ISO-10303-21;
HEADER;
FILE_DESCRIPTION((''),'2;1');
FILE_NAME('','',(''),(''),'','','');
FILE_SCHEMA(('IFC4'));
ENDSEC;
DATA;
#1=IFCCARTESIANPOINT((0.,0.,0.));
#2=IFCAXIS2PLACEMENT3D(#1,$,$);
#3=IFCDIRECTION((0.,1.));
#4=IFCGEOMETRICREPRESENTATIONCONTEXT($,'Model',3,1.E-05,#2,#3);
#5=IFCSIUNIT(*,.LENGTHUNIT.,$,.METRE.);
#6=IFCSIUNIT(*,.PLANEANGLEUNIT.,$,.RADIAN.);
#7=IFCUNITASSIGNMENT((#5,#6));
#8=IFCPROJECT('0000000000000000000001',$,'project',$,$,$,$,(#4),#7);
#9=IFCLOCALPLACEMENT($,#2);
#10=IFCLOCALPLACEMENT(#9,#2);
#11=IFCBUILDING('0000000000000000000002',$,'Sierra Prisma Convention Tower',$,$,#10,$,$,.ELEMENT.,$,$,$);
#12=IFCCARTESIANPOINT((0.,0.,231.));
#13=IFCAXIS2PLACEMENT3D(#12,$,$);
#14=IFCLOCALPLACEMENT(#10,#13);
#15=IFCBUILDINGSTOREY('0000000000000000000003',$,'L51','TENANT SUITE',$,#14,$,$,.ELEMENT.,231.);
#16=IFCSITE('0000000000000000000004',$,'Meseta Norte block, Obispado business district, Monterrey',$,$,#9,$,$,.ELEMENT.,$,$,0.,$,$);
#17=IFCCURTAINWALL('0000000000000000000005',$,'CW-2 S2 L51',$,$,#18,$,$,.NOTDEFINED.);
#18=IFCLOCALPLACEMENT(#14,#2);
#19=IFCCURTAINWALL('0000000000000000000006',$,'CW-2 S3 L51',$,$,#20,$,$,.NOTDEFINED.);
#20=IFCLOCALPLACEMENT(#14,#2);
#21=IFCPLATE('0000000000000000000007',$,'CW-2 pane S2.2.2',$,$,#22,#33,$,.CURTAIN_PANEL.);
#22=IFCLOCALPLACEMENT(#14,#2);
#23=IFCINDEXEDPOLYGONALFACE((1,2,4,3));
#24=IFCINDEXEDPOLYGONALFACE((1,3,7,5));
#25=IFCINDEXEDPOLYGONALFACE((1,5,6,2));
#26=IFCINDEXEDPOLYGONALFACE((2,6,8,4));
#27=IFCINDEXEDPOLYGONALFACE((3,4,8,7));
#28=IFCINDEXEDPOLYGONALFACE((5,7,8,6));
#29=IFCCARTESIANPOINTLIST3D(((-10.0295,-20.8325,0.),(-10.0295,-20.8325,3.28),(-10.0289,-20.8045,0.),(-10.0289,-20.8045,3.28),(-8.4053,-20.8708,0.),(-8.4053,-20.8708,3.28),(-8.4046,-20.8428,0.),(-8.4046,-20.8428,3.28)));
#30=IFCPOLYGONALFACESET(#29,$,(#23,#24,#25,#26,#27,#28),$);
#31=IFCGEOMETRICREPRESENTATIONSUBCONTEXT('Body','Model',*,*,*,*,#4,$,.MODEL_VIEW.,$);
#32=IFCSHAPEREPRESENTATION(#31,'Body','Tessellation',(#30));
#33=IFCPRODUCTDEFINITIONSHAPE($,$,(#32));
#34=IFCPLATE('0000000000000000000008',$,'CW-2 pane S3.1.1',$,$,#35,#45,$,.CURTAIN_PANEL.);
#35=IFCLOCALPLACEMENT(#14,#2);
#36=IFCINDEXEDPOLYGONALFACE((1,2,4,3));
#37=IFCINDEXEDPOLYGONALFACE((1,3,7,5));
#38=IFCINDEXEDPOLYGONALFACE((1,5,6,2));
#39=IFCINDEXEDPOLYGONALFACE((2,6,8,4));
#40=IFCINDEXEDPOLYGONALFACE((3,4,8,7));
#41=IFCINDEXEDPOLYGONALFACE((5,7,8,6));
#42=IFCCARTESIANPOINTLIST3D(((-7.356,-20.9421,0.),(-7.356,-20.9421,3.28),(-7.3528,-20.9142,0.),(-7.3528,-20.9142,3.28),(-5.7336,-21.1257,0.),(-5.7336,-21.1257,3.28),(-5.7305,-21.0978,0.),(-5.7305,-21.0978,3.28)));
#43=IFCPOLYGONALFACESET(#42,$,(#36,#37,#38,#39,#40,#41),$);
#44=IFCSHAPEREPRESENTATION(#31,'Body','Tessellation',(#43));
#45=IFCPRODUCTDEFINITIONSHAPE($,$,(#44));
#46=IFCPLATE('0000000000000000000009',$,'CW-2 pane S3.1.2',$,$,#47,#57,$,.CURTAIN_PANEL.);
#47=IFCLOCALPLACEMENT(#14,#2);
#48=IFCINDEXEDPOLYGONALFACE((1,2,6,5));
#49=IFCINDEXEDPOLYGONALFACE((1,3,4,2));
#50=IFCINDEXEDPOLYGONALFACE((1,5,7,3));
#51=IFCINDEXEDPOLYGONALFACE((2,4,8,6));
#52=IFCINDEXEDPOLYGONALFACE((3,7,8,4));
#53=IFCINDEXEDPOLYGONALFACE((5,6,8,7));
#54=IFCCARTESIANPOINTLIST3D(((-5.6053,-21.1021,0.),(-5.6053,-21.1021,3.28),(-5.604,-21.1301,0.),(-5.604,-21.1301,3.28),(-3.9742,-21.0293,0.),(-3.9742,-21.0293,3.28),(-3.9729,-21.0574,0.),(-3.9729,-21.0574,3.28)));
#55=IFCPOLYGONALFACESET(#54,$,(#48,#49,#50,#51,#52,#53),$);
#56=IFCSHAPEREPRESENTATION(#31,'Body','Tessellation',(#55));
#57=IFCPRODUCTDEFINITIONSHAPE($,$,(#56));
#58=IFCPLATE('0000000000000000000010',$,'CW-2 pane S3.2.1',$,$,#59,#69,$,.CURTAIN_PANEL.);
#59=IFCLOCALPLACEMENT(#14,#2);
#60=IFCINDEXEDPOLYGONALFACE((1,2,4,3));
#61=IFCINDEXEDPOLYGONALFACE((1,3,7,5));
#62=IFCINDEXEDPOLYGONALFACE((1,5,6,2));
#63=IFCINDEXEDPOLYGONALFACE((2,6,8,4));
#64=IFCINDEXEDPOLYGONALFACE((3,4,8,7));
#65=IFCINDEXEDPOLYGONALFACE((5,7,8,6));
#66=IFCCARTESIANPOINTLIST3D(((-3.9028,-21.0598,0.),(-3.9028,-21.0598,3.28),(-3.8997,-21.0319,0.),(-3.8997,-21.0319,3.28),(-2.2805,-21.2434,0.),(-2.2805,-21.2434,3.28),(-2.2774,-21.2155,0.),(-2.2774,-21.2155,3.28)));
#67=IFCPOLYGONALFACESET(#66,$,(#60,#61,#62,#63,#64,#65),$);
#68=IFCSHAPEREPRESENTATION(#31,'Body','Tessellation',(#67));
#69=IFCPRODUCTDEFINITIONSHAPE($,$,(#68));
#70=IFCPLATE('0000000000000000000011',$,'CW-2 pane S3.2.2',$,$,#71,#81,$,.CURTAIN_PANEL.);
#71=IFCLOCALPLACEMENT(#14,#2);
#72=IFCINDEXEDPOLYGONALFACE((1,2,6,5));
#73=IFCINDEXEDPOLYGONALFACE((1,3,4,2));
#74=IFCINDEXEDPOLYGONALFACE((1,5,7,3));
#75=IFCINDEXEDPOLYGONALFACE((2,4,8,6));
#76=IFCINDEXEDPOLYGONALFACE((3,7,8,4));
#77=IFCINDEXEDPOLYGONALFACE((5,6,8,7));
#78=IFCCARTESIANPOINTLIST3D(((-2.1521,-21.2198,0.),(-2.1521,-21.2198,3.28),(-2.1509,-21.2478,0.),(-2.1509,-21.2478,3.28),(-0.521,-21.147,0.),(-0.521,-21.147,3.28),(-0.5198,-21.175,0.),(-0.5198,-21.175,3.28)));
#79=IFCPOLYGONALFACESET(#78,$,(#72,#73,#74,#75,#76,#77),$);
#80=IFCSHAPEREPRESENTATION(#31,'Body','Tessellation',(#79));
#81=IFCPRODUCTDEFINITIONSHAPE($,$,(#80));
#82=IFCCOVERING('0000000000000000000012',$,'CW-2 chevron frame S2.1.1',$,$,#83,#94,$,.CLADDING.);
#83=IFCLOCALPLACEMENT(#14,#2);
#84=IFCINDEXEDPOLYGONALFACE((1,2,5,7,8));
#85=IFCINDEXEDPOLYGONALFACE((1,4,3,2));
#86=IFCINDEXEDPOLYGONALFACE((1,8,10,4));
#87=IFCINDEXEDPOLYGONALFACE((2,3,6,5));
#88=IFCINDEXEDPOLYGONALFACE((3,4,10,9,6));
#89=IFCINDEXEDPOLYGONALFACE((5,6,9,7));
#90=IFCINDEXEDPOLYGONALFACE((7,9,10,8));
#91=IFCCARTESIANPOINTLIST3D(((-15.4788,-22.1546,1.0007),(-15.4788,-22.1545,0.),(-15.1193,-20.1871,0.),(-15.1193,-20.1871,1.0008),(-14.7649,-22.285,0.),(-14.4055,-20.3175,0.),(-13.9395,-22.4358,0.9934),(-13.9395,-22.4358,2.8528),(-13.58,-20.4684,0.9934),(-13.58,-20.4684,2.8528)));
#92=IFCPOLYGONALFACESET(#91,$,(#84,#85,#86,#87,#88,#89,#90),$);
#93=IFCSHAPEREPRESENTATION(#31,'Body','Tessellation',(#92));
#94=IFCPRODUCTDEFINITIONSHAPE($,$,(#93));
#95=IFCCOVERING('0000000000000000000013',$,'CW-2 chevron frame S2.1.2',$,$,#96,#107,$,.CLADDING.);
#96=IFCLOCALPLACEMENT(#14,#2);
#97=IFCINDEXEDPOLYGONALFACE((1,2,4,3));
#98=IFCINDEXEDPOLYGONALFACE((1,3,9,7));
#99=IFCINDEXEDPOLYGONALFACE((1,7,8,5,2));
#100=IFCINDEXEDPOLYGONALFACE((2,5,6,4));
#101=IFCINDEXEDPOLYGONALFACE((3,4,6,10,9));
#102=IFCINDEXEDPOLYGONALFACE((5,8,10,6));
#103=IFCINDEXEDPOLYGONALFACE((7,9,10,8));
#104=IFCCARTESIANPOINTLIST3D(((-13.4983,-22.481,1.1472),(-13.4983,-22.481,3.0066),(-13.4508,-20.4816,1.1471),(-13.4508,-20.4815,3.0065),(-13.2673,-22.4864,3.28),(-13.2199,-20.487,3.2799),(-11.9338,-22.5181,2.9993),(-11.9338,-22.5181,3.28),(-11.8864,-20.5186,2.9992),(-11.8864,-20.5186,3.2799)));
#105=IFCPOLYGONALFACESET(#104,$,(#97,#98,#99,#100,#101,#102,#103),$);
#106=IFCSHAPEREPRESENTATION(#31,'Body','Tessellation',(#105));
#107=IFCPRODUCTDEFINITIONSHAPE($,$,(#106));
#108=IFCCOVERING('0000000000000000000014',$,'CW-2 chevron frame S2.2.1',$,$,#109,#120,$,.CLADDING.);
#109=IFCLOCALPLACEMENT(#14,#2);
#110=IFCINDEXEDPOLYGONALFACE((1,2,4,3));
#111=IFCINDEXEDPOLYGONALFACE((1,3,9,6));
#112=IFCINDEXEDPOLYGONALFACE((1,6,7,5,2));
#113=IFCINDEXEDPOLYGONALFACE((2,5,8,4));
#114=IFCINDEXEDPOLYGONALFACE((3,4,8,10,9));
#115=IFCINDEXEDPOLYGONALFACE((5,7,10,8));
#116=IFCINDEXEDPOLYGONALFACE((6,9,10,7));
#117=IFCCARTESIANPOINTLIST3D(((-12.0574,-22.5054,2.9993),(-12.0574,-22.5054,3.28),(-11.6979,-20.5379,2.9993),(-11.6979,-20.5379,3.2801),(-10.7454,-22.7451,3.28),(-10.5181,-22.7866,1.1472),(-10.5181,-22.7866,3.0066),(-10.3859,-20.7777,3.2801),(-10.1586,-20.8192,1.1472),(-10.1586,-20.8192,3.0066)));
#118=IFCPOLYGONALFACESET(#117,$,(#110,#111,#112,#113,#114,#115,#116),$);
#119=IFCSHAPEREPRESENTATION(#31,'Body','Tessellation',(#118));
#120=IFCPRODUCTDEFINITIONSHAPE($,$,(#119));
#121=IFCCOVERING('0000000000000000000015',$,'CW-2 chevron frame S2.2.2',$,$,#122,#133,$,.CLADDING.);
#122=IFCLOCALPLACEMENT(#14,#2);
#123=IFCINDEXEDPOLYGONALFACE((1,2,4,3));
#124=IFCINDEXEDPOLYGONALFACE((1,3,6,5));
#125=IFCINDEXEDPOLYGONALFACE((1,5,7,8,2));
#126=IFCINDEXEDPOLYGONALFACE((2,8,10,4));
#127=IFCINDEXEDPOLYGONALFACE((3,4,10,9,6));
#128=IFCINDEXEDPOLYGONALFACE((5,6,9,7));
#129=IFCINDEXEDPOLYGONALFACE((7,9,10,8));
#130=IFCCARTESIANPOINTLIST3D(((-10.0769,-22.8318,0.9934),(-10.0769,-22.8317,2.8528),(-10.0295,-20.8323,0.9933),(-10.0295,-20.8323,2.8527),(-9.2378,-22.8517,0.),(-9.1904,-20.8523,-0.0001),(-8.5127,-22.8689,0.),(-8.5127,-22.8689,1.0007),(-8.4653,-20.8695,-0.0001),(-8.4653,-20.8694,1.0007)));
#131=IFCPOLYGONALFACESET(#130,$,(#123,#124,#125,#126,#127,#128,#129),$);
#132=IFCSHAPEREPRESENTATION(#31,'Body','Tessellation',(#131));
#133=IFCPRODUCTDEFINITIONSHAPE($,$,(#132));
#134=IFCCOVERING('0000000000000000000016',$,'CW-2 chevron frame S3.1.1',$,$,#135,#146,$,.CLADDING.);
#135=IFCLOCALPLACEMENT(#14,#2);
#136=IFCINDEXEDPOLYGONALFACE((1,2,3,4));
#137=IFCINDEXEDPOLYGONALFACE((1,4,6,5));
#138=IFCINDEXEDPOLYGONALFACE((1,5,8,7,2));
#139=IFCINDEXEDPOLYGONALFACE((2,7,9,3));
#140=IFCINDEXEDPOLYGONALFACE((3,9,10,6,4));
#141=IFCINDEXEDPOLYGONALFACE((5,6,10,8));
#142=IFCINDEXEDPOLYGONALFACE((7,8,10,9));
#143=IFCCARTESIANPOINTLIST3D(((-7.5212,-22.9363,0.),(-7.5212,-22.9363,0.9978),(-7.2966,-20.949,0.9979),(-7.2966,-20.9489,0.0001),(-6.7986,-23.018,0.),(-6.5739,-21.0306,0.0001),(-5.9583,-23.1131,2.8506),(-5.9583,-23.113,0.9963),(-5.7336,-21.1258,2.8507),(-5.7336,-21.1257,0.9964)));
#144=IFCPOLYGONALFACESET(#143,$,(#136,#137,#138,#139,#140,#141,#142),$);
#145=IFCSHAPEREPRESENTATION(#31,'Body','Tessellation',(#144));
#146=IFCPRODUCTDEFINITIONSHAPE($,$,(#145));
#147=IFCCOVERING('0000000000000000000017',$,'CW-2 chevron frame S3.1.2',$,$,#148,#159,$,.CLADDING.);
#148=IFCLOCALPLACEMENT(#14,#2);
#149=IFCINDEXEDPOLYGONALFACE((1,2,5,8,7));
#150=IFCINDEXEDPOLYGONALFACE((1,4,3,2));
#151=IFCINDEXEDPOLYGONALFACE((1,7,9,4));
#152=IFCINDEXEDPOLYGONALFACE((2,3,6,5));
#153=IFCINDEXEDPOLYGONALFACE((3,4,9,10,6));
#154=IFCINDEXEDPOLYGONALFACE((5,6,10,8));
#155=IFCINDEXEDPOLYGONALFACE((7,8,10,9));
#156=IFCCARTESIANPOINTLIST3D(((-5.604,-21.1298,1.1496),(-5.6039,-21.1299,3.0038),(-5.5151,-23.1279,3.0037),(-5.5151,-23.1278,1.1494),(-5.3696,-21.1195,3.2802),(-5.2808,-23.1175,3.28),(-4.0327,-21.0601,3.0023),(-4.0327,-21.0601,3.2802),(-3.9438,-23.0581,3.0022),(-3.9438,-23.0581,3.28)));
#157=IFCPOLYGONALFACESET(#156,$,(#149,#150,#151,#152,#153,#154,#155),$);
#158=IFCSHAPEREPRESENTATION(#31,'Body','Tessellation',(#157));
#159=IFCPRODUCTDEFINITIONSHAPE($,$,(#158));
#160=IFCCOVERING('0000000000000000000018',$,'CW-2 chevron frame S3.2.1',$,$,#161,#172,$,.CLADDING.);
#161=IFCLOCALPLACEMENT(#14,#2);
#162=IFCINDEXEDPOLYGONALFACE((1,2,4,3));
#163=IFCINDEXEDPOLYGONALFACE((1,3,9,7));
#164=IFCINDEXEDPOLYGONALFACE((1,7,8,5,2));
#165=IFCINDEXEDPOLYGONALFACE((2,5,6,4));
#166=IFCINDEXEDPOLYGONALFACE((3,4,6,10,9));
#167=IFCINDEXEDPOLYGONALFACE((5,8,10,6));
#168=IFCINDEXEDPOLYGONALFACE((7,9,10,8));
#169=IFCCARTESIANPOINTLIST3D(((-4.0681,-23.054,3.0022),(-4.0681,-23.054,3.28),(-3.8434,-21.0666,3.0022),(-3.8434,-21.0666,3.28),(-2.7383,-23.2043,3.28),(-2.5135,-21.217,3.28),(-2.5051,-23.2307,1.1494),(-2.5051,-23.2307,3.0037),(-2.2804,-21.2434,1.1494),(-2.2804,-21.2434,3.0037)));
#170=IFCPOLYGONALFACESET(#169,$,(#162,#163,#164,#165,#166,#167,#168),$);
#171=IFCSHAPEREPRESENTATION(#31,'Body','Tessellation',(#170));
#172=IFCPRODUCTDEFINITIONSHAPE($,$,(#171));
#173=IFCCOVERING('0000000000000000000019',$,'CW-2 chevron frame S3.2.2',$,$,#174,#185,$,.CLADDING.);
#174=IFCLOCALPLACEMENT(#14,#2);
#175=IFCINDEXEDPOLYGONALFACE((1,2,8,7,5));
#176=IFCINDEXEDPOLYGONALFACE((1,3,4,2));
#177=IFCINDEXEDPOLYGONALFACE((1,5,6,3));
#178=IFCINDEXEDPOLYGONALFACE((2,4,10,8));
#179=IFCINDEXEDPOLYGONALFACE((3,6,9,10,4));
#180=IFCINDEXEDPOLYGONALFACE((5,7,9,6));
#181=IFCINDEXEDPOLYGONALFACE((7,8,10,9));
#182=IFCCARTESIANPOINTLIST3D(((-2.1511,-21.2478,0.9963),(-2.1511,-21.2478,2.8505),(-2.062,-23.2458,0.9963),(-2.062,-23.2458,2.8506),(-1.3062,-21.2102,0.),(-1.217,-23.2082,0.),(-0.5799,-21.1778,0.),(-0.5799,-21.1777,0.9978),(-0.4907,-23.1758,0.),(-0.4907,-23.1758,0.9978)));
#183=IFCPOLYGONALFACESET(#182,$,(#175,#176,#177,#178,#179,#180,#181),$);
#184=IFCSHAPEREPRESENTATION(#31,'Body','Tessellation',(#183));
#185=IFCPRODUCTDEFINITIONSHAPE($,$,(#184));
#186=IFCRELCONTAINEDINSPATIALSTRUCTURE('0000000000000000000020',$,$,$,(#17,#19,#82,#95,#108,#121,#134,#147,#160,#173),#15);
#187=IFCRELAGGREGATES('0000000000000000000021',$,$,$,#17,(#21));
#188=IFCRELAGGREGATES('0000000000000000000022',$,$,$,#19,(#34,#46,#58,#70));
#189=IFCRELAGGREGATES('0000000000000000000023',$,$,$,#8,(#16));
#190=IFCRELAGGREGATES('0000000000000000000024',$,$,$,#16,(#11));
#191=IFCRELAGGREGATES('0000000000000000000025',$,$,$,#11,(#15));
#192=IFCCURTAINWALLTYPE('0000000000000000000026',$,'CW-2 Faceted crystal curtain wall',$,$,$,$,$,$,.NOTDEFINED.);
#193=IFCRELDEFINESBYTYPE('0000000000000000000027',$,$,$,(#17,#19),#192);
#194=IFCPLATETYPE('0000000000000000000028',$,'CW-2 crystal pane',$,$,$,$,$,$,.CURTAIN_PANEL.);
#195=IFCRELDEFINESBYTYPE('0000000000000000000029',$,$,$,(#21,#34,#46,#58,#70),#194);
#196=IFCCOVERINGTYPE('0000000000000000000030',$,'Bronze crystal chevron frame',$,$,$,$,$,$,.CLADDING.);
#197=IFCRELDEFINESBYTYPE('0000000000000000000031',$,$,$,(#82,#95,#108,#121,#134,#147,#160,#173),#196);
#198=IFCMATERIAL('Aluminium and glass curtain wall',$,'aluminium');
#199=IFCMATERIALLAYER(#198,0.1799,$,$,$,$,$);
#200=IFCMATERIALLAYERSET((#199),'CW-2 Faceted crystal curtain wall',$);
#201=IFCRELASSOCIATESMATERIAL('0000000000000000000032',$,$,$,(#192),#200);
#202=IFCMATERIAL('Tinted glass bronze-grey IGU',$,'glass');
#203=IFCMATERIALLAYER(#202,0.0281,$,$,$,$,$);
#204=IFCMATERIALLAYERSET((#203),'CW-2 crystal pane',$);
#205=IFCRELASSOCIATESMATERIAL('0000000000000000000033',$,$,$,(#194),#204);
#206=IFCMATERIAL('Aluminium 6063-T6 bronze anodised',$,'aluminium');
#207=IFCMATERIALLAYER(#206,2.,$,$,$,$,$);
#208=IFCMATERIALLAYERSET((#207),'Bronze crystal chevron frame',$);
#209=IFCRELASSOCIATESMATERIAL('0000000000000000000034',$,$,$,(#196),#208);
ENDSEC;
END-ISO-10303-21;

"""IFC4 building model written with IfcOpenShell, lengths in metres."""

from ifc_helpers import new_model, si_unit, direction, frame, origin, place, context, subcontext, project, spatial, polyline, outline, extrude, material, layer, layer_set, type_object, element, aggregate, save


model = new_model("IFC4")

# Units and contexts
model_context = context("Model", 3, precision=1e-05, world=origin(), true_north=direction((0.0, 1.0)))
body_context = subcontext(model_context, "Body", "Model", "MODEL_VIEW")
ifc_project = project(units=[si_unit("LENGTHUNIT", "METRE"), si_unit("PLANEANGLEUNIT", "RADIAN")], contexts=[model_context])

# Site, building, storey
site_placement = place(None, origin())
site = spatial("IfcSite", under=ifc_project, at=site_placement, Name="Meseta Norte block, Obispado business district, Monterrey", CompositionType="ELEMENT", RefElevation=0.0)
building_placement = place(site_placement, origin())
building = spatial("IfcBuilding", under=site, at=building_placement, Name="Sierra Prisma Convention Tower", CompositionType="ELEMENT")
storey_placement = place(building_placement, frame((0.0, 0.0, 231.0)))
storey = spatial("IfcBuildingStorey", under=building, at=storey_placement, Name="L51", Description="TENANT SUITE", CompositionType="ELEMENT", Elevation=231.0)

# Curtain walls
ifc_material_1 = material(Name="Aluminium and glass curtain wall", Category="aluminium")
ifc_layer_1 = layer(ifc_material_1, 0.1799)
ifc_layer_set_1 = layer_set([ifc_layer_1], Name="CW-2 Faceted crystal curtain wall")
curtain_wall_type = type_object("IfcCurtainWallType", Name="CW-2 Faceted crystal curtain wall", PredefinedType="NOTDEFINED", material=ifc_layer_set_1)
curtain_wall_1_placement = place(storey_placement, origin())
curtain_wall_1 = element("IfcCurtainWall", 1, at=curtain_wall_1_placement, inside=storey, type_object=curtain_wall_type, Name="CW-2 S2 L51", PredefinedType="NOTDEFINED")
curtain_wall_2_placement = place(storey_placement, origin())
curtain_wall_2 = element("IfcCurtainWall", 2, at=curtain_wall_2_placement, inside=storey, type_object=curtain_wall_type, Name="CW-2 S3 L51", PredefinedType="NOTDEFINED")

# Shared definitions
ifc_material_2 = material(Name="Tinted glass bronze-grey IGU", Category="glass")
ifc_layer_2 = layer(ifc_material_2, 0.0281)
ifc_layer_set_2 = layer_set([ifc_layer_2], Name="CW-2 crystal pane")
plate_type = type_object("IfcPlateType", Name="CW-2 crystal pane", PredefinedType="CURTAIN_PANEL", material=ifc_layer_set_2)

# Plates
plate_1_placement = place(storey_placement, frame((-8.4053, -20.8708, 0.0), z_axis=(-0.023592, -0.999722, 0.0), x_axis=(-0.999722, 0.023592, 0.0)))
plate_1 = element("IfcPlate", 3, at=plate_1_placement, type_object=plate_type, Name="CW-2 pane S2.2.2", PredefinedType="CURTAIN_PANEL", context=body_context, shape_type="SweptSolid", body=[
    extrude(outline(polyline([(0.0, 0.0), (1.6247, 0.0), (1.6247, -3.28), (0.0, -3.28), (0.0, 0.0)])), origin(), (0.0, 0.0, -1.0), 0.0281),
])
aggregate(curtain_wall_1, [plate_1])
plate_2_placement = place(storey_placement, frame((-7.356, -20.9421, 0.0), z_axis=(-0.11245, -0.993657, 0.0), x_axis=(0.993657, -0.11245, 0.0)))
plate_2 = element("IfcPlate", 4, at=plate_2_placement, type_object=plate_type, Name="CW-2 pane S3.1.1", PredefinedType="CURTAIN_PANEL", context=body_context, shape_type="SweptSolid", body=[
    extrude(outline(polyline([(0.0, 0.0), (1.6327, 0.0), (1.6327, 3.28), (0.0, 3.28), (0.0, 0.0)])), origin(), (0.0, 0.0, -1.0), 0.0281),
])
plate_3_placement = place(storey_placement, frame((-3.9729, -21.0574, 0.0), z_axis=(0.04456, -0.999007, 0.0), x_axis=(-0.999007, -0.04456, 0.0)))
plate_3 = element("IfcPlate", 5, at=plate_3_placement, type_object=plate_type, Name="CW-2 pane S3.1.2", PredefinedType="CURTAIN_PANEL", context=body_context, shape_type="SweptSolid", body=[
    extrude(outline(polyline([(0.0, 0.0), (1.6327, 0.0), (1.6327, -3.28), (0.0, -3.28), (0.0, 0.0)])), origin(), (0.0, 0.0, -1.0), 0.0281),
])
plate_4_placement = place(storey_placement, frame((-3.9028, -21.0598, 0.0), z_axis=(-0.11245, -0.993657, 0.0), x_axis=(0.993657, -0.11245, 0.0)))
plate_4 = element("IfcPlate", 6, at=plate_4_placement, type_object=plate_type, Name="CW-2 pane S3.2.1", PredefinedType="CURTAIN_PANEL", context=body_context, shape_type="SweptSolid", body=[
    extrude(outline(polyline([(0.0, 0.0), (1.6327, 0.0), (1.6327, 3.28), (0.0, 3.28), (0.0, 0.0)])), origin(), (0.0, 0.0, -1.0), 0.0281),
])
plate_5_placement = place(storey_placement, frame((-0.5198, -21.175, 0.0), z_axis=(0.04456, -0.999007, 0.0), x_axis=(-0.999007, -0.04456, 0.0)))
plate_5 = element("IfcPlate", 7, at=plate_5_placement, type_object=plate_type, Name="CW-2 pane S3.2.2", PredefinedType="CURTAIN_PANEL", context=body_context, shape_type="SweptSolid", body=[
    extrude(outline(polyline([(0.0, 0.0), (1.6327, 0.0), (1.6327, -3.28), (0.0, -3.28), (0.0, 0.0)])), origin(), (0.0, 0.0, -1.0), 0.0281),
])
aggregate(curtain_wall_2, [plate_2, plate_3, plate_4, plate_5])

# Coverings
ifc_material_3 = material(Name="Aluminium 6063-T6 bronze anodised", Category="aluminium")
ifc_layer_3 = layer(ifc_material_3, 2.0)
ifc_layer_set_3 = layer_set([ifc_layer_3], Name="Bronze crystal chevron frame")
covering_type = type_object("IfcCoveringType", Name="Bronze crystal chevron frame", PredefinedType="CLADDING", material=ifc_layer_set_3)
covering_1_placement = place(storey_placement, frame((-15.4788, -22.1545, 0.0), z_axis=(-0.179725, -0.983717, -0.000018), x_axis=(0.983717, -0.179725, 0.0)))
element("IfcCovering", 8, at=covering_1_placement, inside=storey, type_object=covering_type, Name="CW-2 chevron frame S2.1.1", PredefinedType="CLADDING", context=body_context, shape_type="SweptSolid", body=[
    extrude(outline(polyline([(0.0, 0.0), (0.7257, 0.0), (1.5648, 0.9934), (1.5648, 2.8528), (0.0, 1.0007), (0.0, 0.0)])), origin(), (0.0, 0.0, -1.0), 2.0),
])
covering_2_placement = place(storey_placement, frame((-13.4983, -22.481, 3.0066), z_axis=(-0.023722, -0.999719, 0.000045), x_axis=(-0.000001, -0.000045, -1.0)))
element("IfcCovering", 9, at=covering_2_placement, inside=storey, type_object=covering_type, Name="CW-2 chevron frame S2.1.2", PredefinedType="CLADDING", context=body_context, shape_type="SweptSolid", body=[
    extrude(outline(polyline([(0.0, 0.0), (1.8594, 0.0), (0.0073, 1.5649), (-0.2734, 1.5649), (-0.2734, 0.231), (0.0, 0.0)])), origin(), (0.0, 0.0, -1.0), 2.0),
])
covering_3_placement = place(storey_placement, frame((-12.0574, -22.5054, 3.28), z_axis=(-0.179738, -0.983714, -0.000011), x_axis=(0.000002, 0.00001, -1.0)))
element("IfcCovering", 10, at=covering_3_placement, inside=storey, type_object=covering_type, Name="CW-2 chevron frame S2.2.1", PredefinedType="CLADDING", context=body_context, shape_type="SweptSolid", body=[
    extrude(outline(polyline([(0.0, 0.0), (0.2808, 0.0), (2.1328, 1.5648), (0.2734, 1.5648), (0.0, 1.3337), (0.0, 0.0)])), origin(), (0.0, 0.0, -1.0), 2.0),
])
covering_4_placement = place(storey_placement, frame((-8.5127, -22.8689, 0.0), z_axis=(-0.023696, -0.999719, 0.000034), x_axis=(0.000001, 0.000034, 1.0)))
element("IfcCovering", 11, at=covering_4_placement, inside=storey, type_object=covering_type, Name="CW-2 chevron frame S2.2.2", PredefinedType="CLADDING", context=body_context, shape_type="SweptSolid", body=[
    extrude(outline(polyline([(0.0, 0.0), (1.0007, 0.0), (2.8528, 1.5646), (0.9934, 1.5646), (0.0, 0.7253), (0.0, 0.0)])), origin(), (0.0, 0.0, -1.0), 2.0),
])
covering_5_placement = place(storey_placement, frame((-7.5212, -22.9363, 0.0), z_axis=(-0.112339, -0.99367, -0.000055), x_axis=(0.99367, -0.112339, 0.0)))
element("IfcCovering", 12, at=covering_5_placement, inside=storey, type_object=covering_type, Name="CW-2 chevron frame S3.1.1", PredefinedType="CLADDING", context=body_context, shape_type="SweptSolid", body=[
    extrude(outline(polyline([(0.0, 0.0), (0.7272, 0.0), (1.573, 0.9963), (1.573, 2.8506), (0.0, 0.9978), (0.0, 0.0)])), origin(), (0.0, 0.0, -1.0), 2.0),
])
covering_6_placement = place(storey_placement, frame((-5.5151, -23.1279, 3.0037), z_axis=(0.044406, -0.999014, -0.000068), x_axis=(-0.000003, 0.000068, -1.0)))
element("IfcCovering", 13, at=covering_6_placement, inside=storey, type_object=covering_type, Name="CW-2 chevron frame S3.1.2", PredefinedType="CLADDING", context=body_context, shape_type="SweptSolid", body=[
    extrude(outline(polyline([(0.0, 0.0), (1.8542, 0.0), (0.0015, 1.5728), (-0.2764, 1.5728), (-0.2764, 0.2346), (0.0, 0.0)])), origin(), (0.0, 0.0, -1.0), 2.0),
])
covering_7_placement = place(storey_placement, frame((-4.0681, -23.054, 3.28), z_axis=(-0.112373, -0.993666, 0.0), x_axis=(0.0, 0.0, -1.0)))
element("IfcCovering", 14, at=covering_7_placement, inside=storey, type_object=covering_type, Name="CW-2 chevron frame S3.2.1", PredefinedType="CLADDING", context=body_context, shape_type="SweptSolid", body=[
    extrude(outline(polyline([(0.0, 0.0), (0.2778, 0.0), (2.1306, 1.573), (0.2764, 1.573), (0.0, 1.3383), (0.0, 0.0)])), origin(), (0.0, 0.0, -1.0), 2.0),
])
covering_8_placement = place(storey_placement, frame((-0.4907, -23.1758, 0.0), z_axis=(0.044564, -0.999007, 0.000025), x_axis=(-0.000001, 0.000025, 1.0)))
element("IfcCovering", 15, at=covering_8_placement, inside=storey, type_object=covering_type, Name="CW-2 chevron frame S3.2.2", PredefinedType="CLADDING", context=body_context, shape_type="SweptSolid", body=[
    extrude(outline(polyline([(0.0, 0.0), (0.9978, 0.0), (2.8506, 1.5729), (0.9963, 1.5729), (0.0, 0.727), (0.0, 0.0)])), origin(), (0.0, 0.0, -1.0), 2.0),
])

save(model, "model.ifc")
